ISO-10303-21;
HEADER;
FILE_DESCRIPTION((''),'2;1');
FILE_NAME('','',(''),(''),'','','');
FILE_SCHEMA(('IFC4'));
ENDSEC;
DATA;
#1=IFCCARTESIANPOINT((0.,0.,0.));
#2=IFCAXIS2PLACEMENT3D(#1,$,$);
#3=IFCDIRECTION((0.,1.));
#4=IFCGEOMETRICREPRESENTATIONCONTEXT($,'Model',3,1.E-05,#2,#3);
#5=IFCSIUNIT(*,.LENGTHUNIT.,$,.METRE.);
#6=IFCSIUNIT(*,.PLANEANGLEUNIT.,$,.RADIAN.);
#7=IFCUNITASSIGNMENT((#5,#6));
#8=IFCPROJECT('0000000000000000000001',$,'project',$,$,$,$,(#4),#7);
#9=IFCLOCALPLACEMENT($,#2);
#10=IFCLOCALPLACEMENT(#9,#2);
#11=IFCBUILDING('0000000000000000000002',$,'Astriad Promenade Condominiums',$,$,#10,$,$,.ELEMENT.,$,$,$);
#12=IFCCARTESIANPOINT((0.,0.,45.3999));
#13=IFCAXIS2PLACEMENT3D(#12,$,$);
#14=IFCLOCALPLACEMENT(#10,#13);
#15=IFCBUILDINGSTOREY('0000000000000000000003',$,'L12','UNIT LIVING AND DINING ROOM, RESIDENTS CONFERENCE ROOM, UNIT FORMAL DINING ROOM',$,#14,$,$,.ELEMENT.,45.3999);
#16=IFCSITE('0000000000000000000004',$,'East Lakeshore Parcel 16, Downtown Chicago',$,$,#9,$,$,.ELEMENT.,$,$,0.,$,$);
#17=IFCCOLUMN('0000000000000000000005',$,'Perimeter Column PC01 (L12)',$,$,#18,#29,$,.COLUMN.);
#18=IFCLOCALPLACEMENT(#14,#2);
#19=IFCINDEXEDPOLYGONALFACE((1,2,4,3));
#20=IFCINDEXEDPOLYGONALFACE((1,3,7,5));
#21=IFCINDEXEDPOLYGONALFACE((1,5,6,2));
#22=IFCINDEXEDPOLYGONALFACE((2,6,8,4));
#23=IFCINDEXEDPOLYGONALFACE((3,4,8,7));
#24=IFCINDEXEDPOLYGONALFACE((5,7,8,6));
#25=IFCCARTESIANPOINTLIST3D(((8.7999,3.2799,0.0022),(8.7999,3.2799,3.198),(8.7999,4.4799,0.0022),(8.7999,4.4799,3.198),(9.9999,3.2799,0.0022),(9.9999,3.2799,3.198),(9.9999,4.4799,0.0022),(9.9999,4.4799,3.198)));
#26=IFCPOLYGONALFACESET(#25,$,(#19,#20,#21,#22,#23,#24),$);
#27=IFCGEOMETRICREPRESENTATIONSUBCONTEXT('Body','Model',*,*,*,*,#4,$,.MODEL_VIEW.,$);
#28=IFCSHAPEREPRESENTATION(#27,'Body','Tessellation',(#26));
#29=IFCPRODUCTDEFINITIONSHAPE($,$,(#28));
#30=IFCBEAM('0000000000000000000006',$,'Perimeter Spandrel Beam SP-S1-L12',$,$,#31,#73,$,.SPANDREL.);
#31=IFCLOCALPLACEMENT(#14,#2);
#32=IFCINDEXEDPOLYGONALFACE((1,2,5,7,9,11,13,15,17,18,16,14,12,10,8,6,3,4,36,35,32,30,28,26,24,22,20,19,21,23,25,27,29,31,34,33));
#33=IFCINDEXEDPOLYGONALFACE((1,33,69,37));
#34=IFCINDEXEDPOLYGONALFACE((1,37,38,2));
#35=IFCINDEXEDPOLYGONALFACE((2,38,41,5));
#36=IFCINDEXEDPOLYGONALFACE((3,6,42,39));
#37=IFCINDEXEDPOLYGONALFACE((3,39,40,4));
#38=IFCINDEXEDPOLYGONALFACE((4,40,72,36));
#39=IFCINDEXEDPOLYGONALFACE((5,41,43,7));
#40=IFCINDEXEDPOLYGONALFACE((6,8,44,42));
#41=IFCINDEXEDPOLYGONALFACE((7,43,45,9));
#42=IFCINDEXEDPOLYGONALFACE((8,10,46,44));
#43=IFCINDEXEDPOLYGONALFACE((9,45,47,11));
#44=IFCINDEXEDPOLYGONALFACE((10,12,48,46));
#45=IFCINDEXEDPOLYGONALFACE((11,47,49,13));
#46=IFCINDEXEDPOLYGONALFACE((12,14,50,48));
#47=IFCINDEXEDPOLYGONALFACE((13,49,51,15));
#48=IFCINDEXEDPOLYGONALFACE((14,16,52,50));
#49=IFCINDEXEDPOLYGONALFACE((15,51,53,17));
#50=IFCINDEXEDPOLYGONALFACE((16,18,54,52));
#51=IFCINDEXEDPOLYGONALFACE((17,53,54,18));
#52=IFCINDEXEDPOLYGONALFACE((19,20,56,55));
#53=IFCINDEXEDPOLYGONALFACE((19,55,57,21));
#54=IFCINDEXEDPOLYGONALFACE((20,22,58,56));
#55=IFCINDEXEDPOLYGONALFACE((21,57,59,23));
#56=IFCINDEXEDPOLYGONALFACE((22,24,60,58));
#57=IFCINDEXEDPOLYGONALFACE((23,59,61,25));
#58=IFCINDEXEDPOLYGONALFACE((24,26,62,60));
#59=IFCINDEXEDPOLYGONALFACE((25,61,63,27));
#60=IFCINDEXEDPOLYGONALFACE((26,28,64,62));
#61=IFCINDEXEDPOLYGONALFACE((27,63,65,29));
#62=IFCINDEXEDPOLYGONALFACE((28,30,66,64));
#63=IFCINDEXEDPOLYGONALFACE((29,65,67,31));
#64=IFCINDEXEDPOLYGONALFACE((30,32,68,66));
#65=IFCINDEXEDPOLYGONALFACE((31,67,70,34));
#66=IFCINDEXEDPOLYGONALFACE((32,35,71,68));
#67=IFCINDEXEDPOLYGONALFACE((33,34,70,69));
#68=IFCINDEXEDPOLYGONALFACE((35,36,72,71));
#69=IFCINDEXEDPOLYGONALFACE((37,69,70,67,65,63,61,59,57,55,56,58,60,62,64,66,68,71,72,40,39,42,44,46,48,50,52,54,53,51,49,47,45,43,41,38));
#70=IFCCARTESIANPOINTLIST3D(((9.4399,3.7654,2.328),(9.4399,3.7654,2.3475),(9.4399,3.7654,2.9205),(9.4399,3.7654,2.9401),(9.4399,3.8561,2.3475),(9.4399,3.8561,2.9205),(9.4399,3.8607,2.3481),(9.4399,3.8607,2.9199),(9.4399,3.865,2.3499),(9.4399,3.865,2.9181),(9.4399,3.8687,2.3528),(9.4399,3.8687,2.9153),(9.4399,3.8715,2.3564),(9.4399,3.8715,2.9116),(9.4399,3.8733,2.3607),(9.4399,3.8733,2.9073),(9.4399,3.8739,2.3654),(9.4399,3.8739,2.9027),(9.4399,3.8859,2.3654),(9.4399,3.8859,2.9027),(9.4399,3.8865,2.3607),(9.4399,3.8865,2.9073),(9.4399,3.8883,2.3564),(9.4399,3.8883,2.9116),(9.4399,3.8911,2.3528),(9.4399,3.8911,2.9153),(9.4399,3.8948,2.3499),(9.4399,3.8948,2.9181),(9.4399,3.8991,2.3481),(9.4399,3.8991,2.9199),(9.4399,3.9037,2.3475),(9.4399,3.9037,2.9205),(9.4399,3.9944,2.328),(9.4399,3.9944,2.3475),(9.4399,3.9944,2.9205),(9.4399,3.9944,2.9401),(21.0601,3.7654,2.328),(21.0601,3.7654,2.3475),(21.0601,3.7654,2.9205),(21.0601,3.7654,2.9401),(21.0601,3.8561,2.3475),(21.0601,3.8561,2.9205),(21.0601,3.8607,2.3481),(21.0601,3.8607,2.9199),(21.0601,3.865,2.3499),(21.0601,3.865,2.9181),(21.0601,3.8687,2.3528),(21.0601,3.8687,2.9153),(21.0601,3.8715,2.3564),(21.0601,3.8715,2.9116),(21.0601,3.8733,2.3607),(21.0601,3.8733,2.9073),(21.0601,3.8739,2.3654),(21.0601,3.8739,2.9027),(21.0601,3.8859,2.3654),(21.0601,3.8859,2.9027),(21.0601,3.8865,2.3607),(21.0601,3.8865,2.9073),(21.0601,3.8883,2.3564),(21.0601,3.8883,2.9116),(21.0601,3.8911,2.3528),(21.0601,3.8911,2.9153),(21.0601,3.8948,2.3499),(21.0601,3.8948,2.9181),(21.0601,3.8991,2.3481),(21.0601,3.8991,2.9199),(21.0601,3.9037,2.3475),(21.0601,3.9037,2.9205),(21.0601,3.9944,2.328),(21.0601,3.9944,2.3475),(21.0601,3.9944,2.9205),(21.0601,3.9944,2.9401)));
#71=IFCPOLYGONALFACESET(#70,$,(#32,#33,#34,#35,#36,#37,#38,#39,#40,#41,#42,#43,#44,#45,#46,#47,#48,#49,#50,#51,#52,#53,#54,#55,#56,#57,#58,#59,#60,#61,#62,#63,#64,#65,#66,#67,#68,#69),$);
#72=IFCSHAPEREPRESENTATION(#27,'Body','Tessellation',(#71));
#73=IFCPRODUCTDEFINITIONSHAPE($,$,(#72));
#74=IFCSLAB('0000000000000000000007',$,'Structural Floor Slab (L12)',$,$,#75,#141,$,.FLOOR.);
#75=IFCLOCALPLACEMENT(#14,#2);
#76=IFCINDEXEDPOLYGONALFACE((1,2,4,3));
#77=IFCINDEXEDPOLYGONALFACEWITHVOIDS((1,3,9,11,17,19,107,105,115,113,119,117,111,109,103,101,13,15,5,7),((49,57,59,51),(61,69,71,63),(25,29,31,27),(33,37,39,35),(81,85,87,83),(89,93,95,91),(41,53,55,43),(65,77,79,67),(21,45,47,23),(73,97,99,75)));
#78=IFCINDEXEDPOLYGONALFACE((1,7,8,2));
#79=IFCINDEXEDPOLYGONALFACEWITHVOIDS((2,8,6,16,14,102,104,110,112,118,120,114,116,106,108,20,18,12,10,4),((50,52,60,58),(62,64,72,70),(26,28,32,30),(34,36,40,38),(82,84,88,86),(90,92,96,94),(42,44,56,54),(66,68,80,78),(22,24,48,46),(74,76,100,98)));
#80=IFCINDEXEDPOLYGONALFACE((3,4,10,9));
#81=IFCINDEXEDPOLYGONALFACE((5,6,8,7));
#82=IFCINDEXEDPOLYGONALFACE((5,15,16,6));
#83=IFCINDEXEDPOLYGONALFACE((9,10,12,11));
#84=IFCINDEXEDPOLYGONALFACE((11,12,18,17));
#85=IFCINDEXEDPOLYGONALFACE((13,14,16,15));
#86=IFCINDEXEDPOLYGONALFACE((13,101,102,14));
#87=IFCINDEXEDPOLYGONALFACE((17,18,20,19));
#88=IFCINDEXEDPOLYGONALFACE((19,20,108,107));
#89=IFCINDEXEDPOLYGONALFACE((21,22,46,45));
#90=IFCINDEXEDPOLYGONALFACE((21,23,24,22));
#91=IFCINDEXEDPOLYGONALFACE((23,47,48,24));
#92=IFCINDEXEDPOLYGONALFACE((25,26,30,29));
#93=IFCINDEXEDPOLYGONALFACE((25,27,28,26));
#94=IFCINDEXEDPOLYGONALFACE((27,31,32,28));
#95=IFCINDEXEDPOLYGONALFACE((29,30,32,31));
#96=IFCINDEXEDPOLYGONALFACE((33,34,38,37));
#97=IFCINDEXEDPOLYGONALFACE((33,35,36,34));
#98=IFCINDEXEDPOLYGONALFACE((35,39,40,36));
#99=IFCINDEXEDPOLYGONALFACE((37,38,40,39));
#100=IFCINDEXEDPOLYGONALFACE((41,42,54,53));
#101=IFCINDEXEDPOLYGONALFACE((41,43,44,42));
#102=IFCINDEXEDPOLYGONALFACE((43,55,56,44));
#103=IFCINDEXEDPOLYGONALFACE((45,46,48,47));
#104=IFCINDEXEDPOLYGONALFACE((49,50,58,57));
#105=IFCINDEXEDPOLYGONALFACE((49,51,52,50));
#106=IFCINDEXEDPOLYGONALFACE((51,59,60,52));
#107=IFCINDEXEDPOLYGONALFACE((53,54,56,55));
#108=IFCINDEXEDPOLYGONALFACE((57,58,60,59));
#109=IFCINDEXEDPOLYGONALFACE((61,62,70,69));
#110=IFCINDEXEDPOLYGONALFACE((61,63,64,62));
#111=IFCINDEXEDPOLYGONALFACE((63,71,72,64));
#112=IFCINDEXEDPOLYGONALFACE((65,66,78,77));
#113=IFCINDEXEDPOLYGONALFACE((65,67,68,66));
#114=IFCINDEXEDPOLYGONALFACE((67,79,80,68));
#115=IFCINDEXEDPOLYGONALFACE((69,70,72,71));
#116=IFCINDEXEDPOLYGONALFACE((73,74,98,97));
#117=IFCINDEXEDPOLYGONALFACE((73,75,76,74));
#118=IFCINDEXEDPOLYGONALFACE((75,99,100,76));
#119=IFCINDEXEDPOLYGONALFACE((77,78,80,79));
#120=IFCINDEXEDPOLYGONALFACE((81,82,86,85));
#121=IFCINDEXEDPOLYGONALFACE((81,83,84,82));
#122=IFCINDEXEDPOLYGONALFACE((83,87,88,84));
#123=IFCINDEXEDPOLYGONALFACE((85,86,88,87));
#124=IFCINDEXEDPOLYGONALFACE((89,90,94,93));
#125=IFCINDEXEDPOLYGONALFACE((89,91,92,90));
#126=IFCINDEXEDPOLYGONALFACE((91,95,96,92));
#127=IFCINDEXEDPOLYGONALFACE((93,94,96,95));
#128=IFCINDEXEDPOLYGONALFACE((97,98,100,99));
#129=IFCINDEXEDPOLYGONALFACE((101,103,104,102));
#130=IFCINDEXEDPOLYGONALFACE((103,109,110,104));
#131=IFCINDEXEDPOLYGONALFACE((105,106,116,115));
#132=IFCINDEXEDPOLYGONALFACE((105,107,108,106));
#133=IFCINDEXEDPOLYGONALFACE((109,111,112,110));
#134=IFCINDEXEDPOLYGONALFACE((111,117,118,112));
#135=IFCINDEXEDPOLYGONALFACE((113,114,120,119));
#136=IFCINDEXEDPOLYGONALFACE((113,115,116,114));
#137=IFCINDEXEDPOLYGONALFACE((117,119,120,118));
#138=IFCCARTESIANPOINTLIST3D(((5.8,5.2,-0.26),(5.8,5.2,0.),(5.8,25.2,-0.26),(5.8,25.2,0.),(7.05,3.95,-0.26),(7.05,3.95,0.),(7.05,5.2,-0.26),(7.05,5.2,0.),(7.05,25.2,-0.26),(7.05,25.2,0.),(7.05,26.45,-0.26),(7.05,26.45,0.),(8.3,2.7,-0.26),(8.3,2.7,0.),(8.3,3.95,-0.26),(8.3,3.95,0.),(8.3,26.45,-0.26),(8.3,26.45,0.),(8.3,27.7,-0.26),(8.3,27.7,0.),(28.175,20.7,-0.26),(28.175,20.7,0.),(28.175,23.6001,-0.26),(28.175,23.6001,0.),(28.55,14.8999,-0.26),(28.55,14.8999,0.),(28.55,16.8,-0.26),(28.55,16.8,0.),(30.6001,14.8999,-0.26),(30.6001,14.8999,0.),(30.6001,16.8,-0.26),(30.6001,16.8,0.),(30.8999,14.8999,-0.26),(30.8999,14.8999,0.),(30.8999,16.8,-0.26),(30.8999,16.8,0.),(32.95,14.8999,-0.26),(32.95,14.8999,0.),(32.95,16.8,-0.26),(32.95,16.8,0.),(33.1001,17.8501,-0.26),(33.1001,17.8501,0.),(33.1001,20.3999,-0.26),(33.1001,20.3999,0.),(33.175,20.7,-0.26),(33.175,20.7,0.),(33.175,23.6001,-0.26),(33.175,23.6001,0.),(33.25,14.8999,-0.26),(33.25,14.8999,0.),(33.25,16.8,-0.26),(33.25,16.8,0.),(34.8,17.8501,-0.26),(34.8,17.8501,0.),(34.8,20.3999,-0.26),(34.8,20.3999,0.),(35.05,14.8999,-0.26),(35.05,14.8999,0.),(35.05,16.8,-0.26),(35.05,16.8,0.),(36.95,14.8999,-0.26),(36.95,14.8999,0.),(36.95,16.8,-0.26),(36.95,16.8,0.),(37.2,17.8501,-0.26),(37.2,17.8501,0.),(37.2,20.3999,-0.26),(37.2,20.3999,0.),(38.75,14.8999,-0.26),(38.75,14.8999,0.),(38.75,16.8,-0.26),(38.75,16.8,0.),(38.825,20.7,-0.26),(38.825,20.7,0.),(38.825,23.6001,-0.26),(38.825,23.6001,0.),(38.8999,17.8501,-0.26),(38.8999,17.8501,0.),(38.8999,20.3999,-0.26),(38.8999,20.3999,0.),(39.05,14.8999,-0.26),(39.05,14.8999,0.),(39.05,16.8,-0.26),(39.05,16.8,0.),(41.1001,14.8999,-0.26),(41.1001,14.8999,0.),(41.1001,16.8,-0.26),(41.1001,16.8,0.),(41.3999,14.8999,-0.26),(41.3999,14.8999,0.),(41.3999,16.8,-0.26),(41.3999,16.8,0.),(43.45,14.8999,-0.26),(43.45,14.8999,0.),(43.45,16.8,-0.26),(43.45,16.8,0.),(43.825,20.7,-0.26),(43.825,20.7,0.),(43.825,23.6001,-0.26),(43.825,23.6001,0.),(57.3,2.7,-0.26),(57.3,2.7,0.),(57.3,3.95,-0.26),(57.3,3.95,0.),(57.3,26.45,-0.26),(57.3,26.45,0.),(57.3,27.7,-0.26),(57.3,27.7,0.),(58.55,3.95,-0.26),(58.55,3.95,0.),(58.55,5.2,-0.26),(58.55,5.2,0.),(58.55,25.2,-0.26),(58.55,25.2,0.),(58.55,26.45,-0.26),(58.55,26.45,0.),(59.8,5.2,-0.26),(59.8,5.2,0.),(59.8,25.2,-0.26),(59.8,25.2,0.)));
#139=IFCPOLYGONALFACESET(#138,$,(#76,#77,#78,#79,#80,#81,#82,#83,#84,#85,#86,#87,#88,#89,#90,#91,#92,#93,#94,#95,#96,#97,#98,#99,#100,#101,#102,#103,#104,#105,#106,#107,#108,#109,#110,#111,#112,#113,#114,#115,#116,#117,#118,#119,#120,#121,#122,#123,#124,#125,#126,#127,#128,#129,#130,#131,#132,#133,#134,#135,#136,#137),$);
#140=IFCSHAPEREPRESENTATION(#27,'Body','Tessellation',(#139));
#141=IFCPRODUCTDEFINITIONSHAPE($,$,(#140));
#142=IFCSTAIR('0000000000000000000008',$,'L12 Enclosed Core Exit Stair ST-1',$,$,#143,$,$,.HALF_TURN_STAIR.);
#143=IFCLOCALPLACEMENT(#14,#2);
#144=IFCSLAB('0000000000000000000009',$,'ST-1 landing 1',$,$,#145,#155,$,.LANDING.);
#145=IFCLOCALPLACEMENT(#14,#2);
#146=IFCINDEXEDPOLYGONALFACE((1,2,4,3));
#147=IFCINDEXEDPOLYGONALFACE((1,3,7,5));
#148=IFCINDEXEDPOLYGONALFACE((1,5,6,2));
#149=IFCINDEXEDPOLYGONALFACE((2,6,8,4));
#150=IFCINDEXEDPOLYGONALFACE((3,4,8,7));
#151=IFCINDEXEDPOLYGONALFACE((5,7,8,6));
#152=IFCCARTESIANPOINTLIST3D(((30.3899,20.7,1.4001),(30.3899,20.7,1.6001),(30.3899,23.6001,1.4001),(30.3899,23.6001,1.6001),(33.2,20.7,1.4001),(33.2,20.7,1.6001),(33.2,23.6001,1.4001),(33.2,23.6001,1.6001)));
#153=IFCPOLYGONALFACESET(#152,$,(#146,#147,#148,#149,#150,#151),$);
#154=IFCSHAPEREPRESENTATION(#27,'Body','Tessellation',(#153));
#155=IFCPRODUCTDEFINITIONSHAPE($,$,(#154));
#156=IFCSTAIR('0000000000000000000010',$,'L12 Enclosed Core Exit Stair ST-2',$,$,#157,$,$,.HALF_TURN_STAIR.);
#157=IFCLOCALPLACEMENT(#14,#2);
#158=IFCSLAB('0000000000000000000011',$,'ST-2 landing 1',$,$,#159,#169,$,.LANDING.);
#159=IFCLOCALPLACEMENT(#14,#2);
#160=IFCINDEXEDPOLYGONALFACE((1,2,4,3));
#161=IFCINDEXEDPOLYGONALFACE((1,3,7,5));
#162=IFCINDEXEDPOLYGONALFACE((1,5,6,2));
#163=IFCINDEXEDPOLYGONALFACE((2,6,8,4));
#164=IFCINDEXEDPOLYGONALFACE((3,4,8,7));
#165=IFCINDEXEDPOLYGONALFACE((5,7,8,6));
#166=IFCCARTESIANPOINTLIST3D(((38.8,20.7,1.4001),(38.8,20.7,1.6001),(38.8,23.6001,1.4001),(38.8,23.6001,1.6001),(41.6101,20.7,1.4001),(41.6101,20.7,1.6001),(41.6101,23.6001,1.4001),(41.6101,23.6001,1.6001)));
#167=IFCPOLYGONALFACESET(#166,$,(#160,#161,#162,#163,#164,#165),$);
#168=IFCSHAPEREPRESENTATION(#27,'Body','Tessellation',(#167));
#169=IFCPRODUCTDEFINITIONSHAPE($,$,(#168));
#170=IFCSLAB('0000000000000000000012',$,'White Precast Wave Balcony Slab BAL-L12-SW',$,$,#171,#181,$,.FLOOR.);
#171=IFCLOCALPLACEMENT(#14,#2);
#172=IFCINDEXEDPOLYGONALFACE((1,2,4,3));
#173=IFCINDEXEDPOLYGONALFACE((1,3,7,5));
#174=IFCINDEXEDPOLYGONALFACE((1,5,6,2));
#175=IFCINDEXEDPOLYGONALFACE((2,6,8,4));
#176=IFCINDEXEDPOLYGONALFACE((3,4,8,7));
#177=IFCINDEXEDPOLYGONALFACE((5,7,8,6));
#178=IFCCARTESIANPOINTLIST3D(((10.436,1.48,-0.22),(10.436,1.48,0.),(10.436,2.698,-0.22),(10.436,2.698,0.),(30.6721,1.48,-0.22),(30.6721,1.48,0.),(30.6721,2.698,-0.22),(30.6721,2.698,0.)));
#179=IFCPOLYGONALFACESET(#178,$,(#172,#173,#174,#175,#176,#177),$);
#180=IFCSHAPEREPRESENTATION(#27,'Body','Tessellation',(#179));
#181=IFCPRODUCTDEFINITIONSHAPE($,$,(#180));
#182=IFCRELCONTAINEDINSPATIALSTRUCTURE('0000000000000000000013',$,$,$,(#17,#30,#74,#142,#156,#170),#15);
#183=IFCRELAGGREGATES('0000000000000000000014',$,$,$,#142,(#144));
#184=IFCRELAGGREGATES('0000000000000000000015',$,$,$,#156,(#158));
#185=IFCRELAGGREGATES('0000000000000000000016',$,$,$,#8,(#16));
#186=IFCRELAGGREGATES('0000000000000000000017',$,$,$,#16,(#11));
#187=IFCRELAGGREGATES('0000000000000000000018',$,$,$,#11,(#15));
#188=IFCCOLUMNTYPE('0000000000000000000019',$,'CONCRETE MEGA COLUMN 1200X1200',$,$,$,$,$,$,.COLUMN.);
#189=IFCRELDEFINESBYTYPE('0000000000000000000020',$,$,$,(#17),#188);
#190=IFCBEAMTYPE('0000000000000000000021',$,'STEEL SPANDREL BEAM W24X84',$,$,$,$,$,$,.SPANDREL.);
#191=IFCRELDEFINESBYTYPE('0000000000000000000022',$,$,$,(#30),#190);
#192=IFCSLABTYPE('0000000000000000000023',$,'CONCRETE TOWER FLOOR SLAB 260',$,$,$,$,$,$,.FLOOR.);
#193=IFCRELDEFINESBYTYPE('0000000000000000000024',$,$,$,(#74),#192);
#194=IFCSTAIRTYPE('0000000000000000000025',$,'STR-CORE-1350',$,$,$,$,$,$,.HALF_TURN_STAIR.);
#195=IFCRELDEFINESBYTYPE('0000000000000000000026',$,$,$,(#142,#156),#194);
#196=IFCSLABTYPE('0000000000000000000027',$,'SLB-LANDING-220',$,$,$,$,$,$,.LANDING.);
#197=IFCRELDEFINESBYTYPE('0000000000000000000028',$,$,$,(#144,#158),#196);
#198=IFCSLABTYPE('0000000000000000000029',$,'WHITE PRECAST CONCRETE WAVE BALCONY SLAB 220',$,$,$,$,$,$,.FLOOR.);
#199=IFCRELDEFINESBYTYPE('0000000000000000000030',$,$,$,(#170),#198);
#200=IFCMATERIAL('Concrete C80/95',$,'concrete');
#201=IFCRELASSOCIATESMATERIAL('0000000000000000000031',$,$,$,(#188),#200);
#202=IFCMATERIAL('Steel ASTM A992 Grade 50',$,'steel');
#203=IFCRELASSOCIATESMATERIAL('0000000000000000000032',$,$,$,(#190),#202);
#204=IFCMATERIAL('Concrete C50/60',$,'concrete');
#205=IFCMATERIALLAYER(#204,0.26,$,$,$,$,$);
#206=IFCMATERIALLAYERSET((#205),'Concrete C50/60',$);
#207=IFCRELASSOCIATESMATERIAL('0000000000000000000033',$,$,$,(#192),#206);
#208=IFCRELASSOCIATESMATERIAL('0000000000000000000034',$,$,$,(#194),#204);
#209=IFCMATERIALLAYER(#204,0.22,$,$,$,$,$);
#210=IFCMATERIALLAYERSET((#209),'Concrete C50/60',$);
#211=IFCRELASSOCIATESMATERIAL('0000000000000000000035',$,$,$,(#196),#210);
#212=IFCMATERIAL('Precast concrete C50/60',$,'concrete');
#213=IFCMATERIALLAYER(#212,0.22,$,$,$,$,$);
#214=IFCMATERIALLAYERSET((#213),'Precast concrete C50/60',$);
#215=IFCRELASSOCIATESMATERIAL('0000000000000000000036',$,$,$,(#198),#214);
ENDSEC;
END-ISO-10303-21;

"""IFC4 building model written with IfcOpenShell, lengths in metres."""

from ifc_helpers import new_model, si_unit, direction, frame, origin, origin_2d, place, context, subcontext, project, spatial, polyline, rectangle, i_section, outline, extrude, source, transform, mapped, material, layer, layer_set, material_profile, profile_set, type_object, type_shapes, element, aggregate, save


model = new_model("IFC4")

# Units and contexts
model_context = context("Model", 3, precision=1e-05, world=origin(), true_north=direction((0.0, 1.0)))
body_context = subcontext(model_context, "Body", "Model", "MODEL_VIEW")
ifc_project = project(units=[si_unit("LENGTHUNIT", "METRE"), si_unit("PLANEANGLEUNIT", "RADIAN")], contexts=[model_context])

# Site, building, storey
site_placement = place(None, origin())
site = spatial("IfcSite", under=ifc_project, at=site_placement, Name="East Lakeshore Parcel 16, Downtown Chicago", CompositionType="ELEMENT", RefElevation=0.0)
building_placement = place(site_placement, origin())
building = spatial("IfcBuilding", under=site, at=building_placement, Name="Astriad Promenade Condominiums", CompositionType="ELEMENT")
storey_placement = place(building_placement, frame((0.0, 0.0, 45.3999)))
storey = spatial("IfcBuildingStorey", under=building, at=storey_placement, Name="L12", Description="UNIT LIVING AND DINING ROOM, RESIDENTS CONFERENCE ROOM, UNIT FORMAL DINING ROOM", CompositionType="ELEMENT", Elevation=45.3999)

# Column
ifc_material_1 = material(Name="Concrete C80/95", Category="concrete")
ifc_material_profile_1 = material_profile(ifc_material_1, rectangle(XDim=1.2, YDim=1.2, at=origin_2d()), Name="RC-COL-1200X1200")
ifc_profile_set_1 = profile_set([ifc_material_profile_1], Name="Concrete C80/95")
column_type = type_object("IfcColumnType", Name="CONCRETE MEGA COLUMN 1200X1200", PredefinedType="COLUMN", material=ifc_profile_set_1)
shared_shape_1 = source(origin(), body_context, "Body", "SweptSolid", [
    extrude(rectangle(XDim=1.2, YDim=1.2, at=origin_2d()), origin(), (0.0, 0.0, 1.0), 3.1958),
])
type_shapes(column_type, [shared_shape_1])
column_placement = place(storey_placement, frame((9.3999, 3.8799, 0.0022), z_axis=(0.0, 0.0, 1.0), x_axis=(1.0, 0.0, 0.0)))
element("IfcColumn", 1, at=column_placement, inside=storey, type_object=column_type, Name="Perimeter Column PC01 (L12)", PredefinedType="COLUMN", context=body_context, shape_type="MappedRepresentation", body=[
    mapped(shared_shape_1, transform((0.0, 0.0, 0.0), scale=1.0)),
])

# Beam
ifc_material_2 = material(Name="Steel ASTM A992 Grade 50", Category="steel")
ifc_material_profile_2 = material_profile(ifc_material_2, i_section(OverallWidth=0.229, OverallDepth=0.6121, WebThickness=0.012, FlangeThickness=0.0195, FilletRadius=0.0178, at=origin_2d()), Name="W24X84")
ifc_profile_set_2 = profile_set([ifc_material_profile_2], Name="Steel ASTM A992 Grade 50")
beam_type = type_object("IfcBeamType", Name="STEEL SPANDREL BEAM W24X84", PredefinedType="SPANDREL", material=ifc_profile_set_2)
shared_shape_2 = source(origin(), body_context, "Body", "SweptSolid", [
    extrude(i_section(OverallWidth=0.229, OverallDepth=0.6121, WebThickness=0.012, FlangeThickness=0.0195, FilletRadius=0.0178, at=origin_2d()), origin(), (0.0, 0.0, 1.0), 11.6201),
])
type_shapes(beam_type, [shared_shape_2])
beam_placement = place(storey_placement, frame((9.4399, 3.8799, 2.634), z_axis=(1.0, 0.0, 0.0), x_axis=(0.0, 1.0, 0.0)))
element("IfcBeam", 2, at=beam_placement, inside=storey, type_object=beam_type, Name="Perimeter Spandrel Beam SP-S1-L12", PredefinedType="SPANDREL", context=body_context, shape_type="MappedRepresentation", body=[
    mapped(shared_shape_2, transform((0.0, 0.0, 0.0), scale=1.0)),
])

# Slab
ifc_material_3 = material(Name="Concrete C50/60", Category="concrete")
ifc_layer_1 = layer(ifc_material_3, 0.26)
ifc_layer_set_1 = layer_set([ifc_layer_1], Name="Concrete C50/60")
slab_type_1 = type_object("IfcSlabType", Name="CONCRETE TOWER FLOOR SLAB 260", PredefinedType="FLOOR", material=ifc_layer_set_1)
slab_1_placement = place(storey_placement, frame((0.0, 0.0, -0.26)))
element("IfcSlab", 3, at=slab_1_placement, inside=storey, type_object=slab_type_1, Name="Structural Floor Slab (L12)", PredefinedType="FLOOR", context=body_context, shape_type="SweptSolid", body=[
    extrude(outline(polyline([(8.3, 2.7), (57.3, 2.7), (57.3, 3.95), (58.55, 3.95), (58.55, 5.2), (59.8, 5.2), (59.8, 25.2), (58.55, 25.2), (58.55, 26.45), (57.3, 26.45), (57.3, 27.7), (8.3, 27.7), (8.3, 26.45), (7.05, 26.45), (7.05, 25.2), (5.8, 25.2), (5.8, 5.2), (7.05, 5.2), (7.05, 3.95), (8.3, 3.95), (8.3, 2.7)]), holes=[polyline([(28.175, 20.7), (33.175, 20.7), (33.175, 23.6001), (28.175, 23.6001), (28.175, 20.7)]), polyline([(38.825, 20.7), (43.825, 20.7), (43.825, 23.6001), (38.825, 23.6001), (38.825, 20.7)]), polyline([(33.1001, 17.8501), (34.8, 17.8501), (34.8, 20.3999), (33.1001, 20.3999), (33.1001, 17.8501)]), polyline([(37.2, 17.8501), (38.8999, 17.8501), (38.8999, 20.3999), (37.2, 20.3999), (37.2, 17.8501)]), polyline([(28.55, 14.8999), (30.6001, 14.8999), (30.6001, 16.8), (28.55, 16.8), (28.55, 14.8999)]), polyline([(30.8999, 14.8999), (32.95, 14.8999), (32.95, 16.8), (30.8999, 16.8), (30.8999, 14.8999)]), polyline([(33.25, 14.8999), (35.05, 14.8999), (35.05, 16.8), (33.25, 16.8), (33.25, 14.8999)]), polyline([(36.95, 14.8999), (38.75, 14.8999), (38.75, 16.8), (36.95, 16.8), (36.95, 14.8999)]), polyline([(39.05, 14.8999), (41.1001, 14.8999), (41.1001, 16.8), (39.05, 16.8), (39.05, 14.8999)]), polyline([(41.3999, 14.8999), (43.45, 14.8999), (43.45, 16.8), (41.3999, 16.8), (41.3999, 14.8999)])]), origin(), (0.0, 0.0, 1.0), 0.26),
])

# Stairs, slabs
stair_type = type_object("IfcStairType", Name="STR-CORE-1350", PredefinedType="HALF_TURN_STAIR", material=ifc_material_3)
stair_1_placement = place(storey_placement, origin())
stair_1 = element("IfcStair", 4, at=stair_1_placement, inside=storey, type_object=stair_type, Name="L12 Enclosed Core Exit Stair ST-1", PredefinedType="HALF_TURN_STAIR")
ifc_layer_2 = layer(ifc_material_3, 0.22)
ifc_layer_set_2 = layer_set([ifc_layer_2], Name="Concrete C50/60")
slab_type_2 = type_object("IfcSlabType", Name="SLB-LANDING-220", PredefinedType="LANDING", material=ifc_layer_set_2)
slab_2_placement = place(storey_placement, frame((0.0, 0.0, 1.4001)))
slab_2 = element("IfcSlab", 5, at=slab_2_placement, type_object=slab_type_2, Name="ST-1 landing 1", PredefinedType="LANDING", context=body_context, shape_type="SweptSolid", body=[
    extrude(outline(polyline([(30.3899, 20.7), (33.2, 20.7), (33.2, 23.6001), (30.3899, 23.6001), (30.3899, 20.7)])), origin(), (0.0, 0.0, 1.0), 0.2),
])
aggregate(stair_1, [slab_2])
stair_2_placement = place(storey_placement, origin())
stair_2 = element("IfcStair", 6, at=stair_2_placement, inside=storey, type_object=stair_type, Name="L12 Enclosed Core Exit Stair ST-2", PredefinedType="HALF_TURN_STAIR")
slab_3_placement = place(storey_placement, frame((0.0, 0.0, 1.4001)))
slab_3 = element("IfcSlab", 7, at=slab_3_placement, type_object=slab_type_2, Name="ST-2 landing 1", PredefinedType="LANDING", context=body_context, shape_type="SweptSolid", body=[
    extrude(outline(polyline([(41.6101, 23.6001), (38.8, 23.6001), (38.8, 20.7), (41.6101, 20.7), (41.6101, 23.6001)])), origin(), (0.0, 0.0, 1.0), 0.2),
])
aggregate(stair_2, [slab_3])

# Slab
ifc_material_4 = material(Name="Precast concrete C50/60", Category="concrete")
ifc_layer_3 = layer(ifc_material_4, 0.22)
ifc_layer_set_3 = layer_set([ifc_layer_3], Name="Precast concrete C50/60")
slab_type_3 = type_object("IfcSlabType", Name="WHITE PRECAST CONCRETE WAVE BALCONY SLAB 220", PredefinedType="FLOOR", material=ifc_layer_set_3)
slab_4_placement = place(storey_placement, frame((0.0, 0.0, -0.22)))
element("IfcSlab", 8, at=slab_4_placement, inside=storey, type_object=slab_type_3, Name="White Precast Wave Balcony Slab BAL-L12-SW", PredefinedType="FLOOR", context=body_context, shape_type="SweptSolid", body=[
    extrude(outline(polyline([(30.6721, 1.48), (10.436, 1.48), (10.436, 2.698), (30.6721, 2.698), (30.6721, 1.48)])), origin(), (0.0, 0.0, 1.0), 0.22),
])

save(model, "model.ifc")
